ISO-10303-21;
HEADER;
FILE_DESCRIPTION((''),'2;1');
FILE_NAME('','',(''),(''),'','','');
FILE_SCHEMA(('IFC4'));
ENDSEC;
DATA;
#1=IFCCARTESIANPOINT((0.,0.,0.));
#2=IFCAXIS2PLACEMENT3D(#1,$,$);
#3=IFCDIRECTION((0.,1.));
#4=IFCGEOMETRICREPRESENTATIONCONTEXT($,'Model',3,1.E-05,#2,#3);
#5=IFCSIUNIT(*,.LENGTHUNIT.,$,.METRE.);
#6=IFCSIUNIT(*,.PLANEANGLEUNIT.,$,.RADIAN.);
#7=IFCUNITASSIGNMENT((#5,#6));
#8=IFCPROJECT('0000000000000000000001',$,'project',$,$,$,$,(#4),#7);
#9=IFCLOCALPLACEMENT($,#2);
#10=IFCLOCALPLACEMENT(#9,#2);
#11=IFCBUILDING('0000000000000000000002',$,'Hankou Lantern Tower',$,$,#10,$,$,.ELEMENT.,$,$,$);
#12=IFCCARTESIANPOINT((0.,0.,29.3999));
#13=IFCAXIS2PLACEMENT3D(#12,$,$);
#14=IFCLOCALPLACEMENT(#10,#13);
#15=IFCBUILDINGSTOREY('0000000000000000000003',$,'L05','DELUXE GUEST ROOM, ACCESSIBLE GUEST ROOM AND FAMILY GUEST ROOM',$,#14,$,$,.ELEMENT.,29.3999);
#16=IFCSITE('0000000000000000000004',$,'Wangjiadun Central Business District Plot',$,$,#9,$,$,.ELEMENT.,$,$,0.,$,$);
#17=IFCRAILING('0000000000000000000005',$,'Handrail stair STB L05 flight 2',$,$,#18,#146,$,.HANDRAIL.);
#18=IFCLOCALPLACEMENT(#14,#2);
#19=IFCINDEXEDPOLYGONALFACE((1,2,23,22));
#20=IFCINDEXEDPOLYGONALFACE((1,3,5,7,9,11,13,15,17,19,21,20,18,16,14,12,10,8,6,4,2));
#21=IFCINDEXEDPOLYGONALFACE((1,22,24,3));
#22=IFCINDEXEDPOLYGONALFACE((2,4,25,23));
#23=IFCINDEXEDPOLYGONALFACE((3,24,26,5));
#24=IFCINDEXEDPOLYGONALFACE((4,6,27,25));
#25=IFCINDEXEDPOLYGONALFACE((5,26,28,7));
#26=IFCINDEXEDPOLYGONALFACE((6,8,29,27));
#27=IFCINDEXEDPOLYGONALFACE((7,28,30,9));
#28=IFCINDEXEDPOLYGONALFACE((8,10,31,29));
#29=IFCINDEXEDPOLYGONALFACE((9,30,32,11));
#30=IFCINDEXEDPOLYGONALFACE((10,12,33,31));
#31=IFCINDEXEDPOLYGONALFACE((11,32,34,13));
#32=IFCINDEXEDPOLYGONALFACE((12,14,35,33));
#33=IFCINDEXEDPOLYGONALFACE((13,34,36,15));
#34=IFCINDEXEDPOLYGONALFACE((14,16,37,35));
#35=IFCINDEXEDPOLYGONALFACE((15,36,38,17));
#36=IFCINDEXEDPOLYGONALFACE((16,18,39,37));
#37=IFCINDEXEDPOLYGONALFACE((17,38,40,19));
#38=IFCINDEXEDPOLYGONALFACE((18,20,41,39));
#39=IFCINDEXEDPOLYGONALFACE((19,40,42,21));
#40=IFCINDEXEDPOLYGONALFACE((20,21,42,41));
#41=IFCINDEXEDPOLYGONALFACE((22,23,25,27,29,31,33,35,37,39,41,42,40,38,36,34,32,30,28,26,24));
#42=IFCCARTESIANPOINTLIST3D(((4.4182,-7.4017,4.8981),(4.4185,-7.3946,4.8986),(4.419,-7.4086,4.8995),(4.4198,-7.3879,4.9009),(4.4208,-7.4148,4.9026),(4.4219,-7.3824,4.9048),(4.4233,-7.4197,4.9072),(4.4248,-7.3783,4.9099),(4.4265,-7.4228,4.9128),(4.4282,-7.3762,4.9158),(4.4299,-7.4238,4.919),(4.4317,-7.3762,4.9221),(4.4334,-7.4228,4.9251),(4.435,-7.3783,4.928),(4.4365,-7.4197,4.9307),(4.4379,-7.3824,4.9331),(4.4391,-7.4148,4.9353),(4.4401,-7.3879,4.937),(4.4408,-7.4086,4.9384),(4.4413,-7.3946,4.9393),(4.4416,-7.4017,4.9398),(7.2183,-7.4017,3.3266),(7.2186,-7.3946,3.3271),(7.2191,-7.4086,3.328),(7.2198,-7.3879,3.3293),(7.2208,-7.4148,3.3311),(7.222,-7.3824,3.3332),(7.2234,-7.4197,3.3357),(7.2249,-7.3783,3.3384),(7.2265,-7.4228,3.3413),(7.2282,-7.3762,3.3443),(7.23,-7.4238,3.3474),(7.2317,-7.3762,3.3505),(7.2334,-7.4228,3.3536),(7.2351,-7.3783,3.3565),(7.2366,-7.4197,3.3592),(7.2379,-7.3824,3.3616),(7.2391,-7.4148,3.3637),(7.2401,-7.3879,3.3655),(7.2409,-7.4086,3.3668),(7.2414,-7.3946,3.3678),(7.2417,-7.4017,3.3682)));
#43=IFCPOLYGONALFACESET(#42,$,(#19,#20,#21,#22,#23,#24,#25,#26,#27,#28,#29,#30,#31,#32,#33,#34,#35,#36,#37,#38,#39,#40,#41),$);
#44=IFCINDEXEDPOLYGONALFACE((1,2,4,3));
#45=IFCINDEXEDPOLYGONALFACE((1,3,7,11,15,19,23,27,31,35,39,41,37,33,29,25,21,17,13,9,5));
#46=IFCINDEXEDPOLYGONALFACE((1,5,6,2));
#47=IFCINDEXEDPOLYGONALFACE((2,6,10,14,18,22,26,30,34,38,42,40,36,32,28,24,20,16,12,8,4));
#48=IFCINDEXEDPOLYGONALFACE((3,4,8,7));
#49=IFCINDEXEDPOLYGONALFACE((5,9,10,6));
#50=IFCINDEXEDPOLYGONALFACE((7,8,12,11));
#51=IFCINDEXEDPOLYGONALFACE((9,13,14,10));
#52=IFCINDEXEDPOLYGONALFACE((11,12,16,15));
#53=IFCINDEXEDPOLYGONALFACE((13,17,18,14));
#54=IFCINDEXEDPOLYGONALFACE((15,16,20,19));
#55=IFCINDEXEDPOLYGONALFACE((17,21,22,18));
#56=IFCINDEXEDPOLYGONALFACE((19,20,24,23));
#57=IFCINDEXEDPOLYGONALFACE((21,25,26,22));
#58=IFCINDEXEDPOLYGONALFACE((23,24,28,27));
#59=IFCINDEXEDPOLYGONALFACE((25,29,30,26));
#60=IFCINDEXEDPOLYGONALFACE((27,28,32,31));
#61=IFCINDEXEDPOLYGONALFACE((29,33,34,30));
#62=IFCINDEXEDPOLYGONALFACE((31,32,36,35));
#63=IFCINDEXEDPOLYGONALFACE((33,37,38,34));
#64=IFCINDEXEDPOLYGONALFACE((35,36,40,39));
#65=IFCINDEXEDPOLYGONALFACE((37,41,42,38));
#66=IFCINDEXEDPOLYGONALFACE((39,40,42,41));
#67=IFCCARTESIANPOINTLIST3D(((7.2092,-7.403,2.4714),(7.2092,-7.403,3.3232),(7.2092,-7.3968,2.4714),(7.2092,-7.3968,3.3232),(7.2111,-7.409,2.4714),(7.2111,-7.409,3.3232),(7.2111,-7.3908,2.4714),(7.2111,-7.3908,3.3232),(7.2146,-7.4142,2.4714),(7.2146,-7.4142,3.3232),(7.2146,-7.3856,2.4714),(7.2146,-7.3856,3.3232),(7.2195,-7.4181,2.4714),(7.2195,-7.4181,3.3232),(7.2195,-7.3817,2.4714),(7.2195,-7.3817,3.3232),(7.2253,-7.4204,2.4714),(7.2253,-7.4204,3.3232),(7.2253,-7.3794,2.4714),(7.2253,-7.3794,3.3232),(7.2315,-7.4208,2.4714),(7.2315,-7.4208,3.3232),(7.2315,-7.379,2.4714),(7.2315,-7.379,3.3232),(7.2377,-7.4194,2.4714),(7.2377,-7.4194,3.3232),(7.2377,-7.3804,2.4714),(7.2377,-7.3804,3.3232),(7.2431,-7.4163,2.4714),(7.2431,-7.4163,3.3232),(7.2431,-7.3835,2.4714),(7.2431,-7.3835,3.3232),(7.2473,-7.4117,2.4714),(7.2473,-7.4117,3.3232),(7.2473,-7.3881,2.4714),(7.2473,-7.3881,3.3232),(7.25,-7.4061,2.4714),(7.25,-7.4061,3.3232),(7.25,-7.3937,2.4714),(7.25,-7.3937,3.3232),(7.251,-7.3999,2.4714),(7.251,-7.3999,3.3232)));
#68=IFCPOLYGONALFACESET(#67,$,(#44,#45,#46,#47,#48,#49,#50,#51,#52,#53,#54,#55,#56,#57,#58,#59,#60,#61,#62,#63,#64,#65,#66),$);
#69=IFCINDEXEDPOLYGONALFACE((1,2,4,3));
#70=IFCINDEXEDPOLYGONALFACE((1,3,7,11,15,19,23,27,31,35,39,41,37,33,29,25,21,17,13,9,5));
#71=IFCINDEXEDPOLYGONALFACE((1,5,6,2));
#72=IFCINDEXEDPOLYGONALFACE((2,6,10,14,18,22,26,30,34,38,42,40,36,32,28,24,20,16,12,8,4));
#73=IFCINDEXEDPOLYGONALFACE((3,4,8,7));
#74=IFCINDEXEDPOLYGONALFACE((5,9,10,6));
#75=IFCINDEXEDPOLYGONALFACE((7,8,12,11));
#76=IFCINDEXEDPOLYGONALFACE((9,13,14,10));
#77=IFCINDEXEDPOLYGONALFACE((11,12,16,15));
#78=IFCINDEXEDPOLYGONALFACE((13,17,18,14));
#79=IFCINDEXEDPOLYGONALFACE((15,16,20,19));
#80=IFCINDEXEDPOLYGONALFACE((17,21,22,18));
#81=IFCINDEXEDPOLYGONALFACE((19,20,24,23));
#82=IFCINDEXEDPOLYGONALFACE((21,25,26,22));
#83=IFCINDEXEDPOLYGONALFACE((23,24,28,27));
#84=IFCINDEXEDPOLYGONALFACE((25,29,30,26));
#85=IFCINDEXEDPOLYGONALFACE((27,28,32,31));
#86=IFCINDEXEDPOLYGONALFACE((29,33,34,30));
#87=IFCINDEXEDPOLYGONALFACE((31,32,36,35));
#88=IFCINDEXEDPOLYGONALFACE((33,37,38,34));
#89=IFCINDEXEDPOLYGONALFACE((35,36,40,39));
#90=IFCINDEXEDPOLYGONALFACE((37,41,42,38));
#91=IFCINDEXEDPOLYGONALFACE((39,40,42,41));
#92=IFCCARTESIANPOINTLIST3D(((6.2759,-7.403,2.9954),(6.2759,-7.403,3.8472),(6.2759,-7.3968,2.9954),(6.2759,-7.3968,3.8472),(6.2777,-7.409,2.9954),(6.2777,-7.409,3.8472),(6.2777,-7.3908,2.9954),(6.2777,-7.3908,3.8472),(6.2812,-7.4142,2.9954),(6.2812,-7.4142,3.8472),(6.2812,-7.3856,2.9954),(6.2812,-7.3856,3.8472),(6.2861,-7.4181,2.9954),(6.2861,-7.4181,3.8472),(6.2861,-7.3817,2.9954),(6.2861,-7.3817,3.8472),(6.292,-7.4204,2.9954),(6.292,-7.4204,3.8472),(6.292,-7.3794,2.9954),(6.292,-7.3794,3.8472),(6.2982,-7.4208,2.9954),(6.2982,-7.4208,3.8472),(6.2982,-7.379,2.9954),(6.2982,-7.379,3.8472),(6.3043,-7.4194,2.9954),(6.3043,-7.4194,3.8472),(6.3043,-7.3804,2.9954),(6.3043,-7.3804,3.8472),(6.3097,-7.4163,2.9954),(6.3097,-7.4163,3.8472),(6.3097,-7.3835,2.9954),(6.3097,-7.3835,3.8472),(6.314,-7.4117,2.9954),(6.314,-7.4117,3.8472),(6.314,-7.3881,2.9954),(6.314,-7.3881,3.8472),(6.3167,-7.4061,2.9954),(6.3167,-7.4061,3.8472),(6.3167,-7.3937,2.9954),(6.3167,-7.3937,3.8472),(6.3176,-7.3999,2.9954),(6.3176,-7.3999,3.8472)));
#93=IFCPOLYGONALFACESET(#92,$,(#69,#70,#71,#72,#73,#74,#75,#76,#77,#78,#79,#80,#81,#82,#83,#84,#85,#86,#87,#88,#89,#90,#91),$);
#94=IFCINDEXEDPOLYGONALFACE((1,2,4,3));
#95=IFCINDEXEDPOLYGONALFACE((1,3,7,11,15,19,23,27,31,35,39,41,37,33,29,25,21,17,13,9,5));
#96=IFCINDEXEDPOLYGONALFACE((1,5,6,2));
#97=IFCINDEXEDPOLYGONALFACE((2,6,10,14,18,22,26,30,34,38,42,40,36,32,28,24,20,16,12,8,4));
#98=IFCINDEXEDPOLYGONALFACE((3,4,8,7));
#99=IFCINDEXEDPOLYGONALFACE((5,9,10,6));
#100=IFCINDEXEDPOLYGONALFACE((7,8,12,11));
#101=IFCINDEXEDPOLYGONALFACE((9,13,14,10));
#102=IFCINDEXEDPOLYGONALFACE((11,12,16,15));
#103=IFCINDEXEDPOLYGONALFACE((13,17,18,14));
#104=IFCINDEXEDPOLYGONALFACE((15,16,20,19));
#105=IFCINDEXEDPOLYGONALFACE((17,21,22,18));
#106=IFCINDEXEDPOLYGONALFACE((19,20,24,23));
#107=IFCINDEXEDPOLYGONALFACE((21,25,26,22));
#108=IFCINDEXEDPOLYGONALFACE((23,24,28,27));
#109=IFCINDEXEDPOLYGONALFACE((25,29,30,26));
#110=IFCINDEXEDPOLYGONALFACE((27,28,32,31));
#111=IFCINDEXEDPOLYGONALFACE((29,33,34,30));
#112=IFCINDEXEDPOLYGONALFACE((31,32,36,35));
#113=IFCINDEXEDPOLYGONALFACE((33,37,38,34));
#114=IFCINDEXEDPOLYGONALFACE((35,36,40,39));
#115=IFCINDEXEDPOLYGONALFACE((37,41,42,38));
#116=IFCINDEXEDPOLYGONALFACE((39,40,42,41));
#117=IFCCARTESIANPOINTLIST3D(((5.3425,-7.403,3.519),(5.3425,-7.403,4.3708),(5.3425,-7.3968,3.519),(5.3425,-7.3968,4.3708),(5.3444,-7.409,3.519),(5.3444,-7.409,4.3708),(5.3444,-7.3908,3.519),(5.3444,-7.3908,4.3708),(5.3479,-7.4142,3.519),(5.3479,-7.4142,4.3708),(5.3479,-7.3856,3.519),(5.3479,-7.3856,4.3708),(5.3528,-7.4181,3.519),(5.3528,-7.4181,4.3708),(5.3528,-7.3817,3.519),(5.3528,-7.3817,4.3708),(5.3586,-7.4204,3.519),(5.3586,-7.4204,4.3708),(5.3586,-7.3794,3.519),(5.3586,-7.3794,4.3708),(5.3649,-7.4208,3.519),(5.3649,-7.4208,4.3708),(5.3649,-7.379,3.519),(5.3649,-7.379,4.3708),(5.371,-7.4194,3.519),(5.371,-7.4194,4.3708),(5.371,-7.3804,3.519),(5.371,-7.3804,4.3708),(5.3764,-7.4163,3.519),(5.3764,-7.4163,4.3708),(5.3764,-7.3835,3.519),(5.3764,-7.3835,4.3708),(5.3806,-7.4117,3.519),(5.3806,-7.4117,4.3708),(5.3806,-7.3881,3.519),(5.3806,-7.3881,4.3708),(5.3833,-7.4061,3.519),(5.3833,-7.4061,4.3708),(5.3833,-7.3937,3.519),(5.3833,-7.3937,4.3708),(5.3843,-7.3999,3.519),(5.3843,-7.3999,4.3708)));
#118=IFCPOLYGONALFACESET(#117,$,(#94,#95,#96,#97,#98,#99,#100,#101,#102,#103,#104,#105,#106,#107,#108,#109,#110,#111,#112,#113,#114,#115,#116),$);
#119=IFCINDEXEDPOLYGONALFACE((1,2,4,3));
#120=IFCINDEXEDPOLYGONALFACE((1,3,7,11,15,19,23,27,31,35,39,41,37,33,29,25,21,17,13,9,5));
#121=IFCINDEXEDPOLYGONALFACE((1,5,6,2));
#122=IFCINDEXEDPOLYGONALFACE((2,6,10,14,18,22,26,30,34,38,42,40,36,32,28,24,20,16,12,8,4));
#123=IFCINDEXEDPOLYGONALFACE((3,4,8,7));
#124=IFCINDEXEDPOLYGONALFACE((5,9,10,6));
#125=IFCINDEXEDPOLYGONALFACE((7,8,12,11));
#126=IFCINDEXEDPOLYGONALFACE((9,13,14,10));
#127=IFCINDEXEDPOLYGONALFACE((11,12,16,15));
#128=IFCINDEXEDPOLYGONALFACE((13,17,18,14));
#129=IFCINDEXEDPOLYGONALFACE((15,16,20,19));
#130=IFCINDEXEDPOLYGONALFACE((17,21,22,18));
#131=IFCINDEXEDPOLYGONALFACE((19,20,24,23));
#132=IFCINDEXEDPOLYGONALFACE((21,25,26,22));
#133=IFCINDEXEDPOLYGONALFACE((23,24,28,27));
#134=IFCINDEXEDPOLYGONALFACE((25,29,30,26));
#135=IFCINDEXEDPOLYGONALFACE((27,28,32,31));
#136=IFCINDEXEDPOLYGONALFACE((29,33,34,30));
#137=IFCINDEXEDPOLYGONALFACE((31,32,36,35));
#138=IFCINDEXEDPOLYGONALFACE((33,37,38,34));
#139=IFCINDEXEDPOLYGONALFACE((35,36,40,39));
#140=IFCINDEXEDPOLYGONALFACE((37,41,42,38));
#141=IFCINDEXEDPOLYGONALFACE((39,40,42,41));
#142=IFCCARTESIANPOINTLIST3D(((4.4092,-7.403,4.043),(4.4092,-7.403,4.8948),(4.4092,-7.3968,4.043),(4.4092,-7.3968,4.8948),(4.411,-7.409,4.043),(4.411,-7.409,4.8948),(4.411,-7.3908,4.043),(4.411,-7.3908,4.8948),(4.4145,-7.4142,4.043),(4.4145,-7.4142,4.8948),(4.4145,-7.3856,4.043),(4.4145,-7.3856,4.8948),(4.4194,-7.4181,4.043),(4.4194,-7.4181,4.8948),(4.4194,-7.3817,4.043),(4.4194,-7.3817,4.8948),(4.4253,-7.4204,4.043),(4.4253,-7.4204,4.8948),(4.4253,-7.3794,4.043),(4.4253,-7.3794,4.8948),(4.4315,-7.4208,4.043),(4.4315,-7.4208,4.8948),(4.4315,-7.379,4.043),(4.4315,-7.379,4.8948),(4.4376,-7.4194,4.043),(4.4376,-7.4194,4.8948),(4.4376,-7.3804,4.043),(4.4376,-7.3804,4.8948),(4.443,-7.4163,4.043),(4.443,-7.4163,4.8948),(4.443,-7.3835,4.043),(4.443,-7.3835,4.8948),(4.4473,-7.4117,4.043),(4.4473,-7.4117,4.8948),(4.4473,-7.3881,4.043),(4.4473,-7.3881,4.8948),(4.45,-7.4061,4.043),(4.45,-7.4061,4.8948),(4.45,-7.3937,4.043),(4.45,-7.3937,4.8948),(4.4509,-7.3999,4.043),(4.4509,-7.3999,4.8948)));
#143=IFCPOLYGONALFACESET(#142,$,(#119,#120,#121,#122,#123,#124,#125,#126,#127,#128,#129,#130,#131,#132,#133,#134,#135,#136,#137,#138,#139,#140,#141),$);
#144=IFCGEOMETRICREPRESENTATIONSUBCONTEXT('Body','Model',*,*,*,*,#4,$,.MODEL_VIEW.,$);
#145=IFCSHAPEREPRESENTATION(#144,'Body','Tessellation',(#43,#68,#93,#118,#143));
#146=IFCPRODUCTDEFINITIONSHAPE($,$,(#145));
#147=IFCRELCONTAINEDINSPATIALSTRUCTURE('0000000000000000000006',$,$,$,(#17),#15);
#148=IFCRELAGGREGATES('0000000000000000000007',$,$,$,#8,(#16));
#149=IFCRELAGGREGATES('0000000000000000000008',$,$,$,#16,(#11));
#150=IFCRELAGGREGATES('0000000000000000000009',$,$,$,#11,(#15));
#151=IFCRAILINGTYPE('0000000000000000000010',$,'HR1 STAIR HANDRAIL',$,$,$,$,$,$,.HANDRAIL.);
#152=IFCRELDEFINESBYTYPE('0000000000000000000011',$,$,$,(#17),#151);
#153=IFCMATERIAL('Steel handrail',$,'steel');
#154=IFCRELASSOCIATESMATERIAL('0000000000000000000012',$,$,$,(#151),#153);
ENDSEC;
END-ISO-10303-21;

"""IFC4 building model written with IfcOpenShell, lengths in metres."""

from ifc_helpers import new_model, si_unit, direction, frame, origin, origin_2d, place, context, subcontext, project, spatial, circle, extrude, material, type_object, element, save


model = new_model("IFC4")

# Units and contexts
model_context = context("Model", 3, precision=1e-05, world=origin(), true_north=direction((0.0, 1.0)))
body_context = subcontext(model_context, "Body", "Model", "MODEL_VIEW")
ifc_project = project(units=[si_unit("LENGTHUNIT", "METRE"), si_unit("PLANEANGLEUNIT", "RADIAN")], contexts=[model_context])

# Site, building, storey
site_placement = place(None, origin())
site = spatial("IfcSite", under=ifc_project, at=site_placement, Name="Wangjiadun Central Business District Plot", CompositionType="ELEMENT", RefElevation=0.0)
building_placement = place(site_placement, origin())
building = spatial("IfcBuilding", under=site, at=building_placement, Name="Hankou Lantern Tower", CompositionType="ELEMENT")
storey_placement = place(building_placement, frame((0.0, 0.0, 29.3999)))
storey = spatial("IfcBuildingStorey", under=building, at=storey_placement, Name="L05", Description="DELUXE GUEST ROOM, ACCESSIBLE GUEST ROOM AND FAMILY GUEST ROOM", CompositionType="ELEMENT", Elevation=29.3999)

# Railing
ifc_material_1 = material(Name="Steel handrail", Category="steel")
railing_type = type_object("IfcRailingType", Name="HR1 STAIR HANDRAIL", PredefinedType="HANDRAIL", material=ifc_material_1)
railing_1_placement = place(storey_placement, frame((7.23, -7.3999, 2.4714)))
element("IfcRailing", 1, at=railing_1_placement, inside=storey, type_object=railing_type, Name="Handrail stair STB L05 flight 2", PredefinedType="HANDRAIL", context=body_context, shape_type="SweptSolid", body=[
    extrude(circle(Radius=0.0239, at=origin_2d()), frame((0.0, 0.0, 0.876), z_axis=(-0.87204, 0.0, 0.489434), x_axis=(0.0, -1.0, 0.0)), (0.0, 0.0, 1.0), 3.2109),
    extrude(circle(Radius=0.021, at=origin_2d()), origin(), (0.0, 0.0, 1.0), 0.8518),
    extrude(circle(Radius=0.021, at=origin_2d()), frame((-0.9333, 0.0, 0.5239)), (0.0, 0.0, 1.0), 0.8518),
    extrude(circle(Radius=0.021, at=origin_2d()), frame((-1.8667, 0.0, 1.0476)), (0.0, 0.0, 1.0), 0.8518),
    extrude(circle(Radius=0.021, at=origin_2d()), frame((-2.8, 0.0, 1.5715)), (0.0, 0.0, 1.0), 0.8518),
])

save(model, "model.ifc")
